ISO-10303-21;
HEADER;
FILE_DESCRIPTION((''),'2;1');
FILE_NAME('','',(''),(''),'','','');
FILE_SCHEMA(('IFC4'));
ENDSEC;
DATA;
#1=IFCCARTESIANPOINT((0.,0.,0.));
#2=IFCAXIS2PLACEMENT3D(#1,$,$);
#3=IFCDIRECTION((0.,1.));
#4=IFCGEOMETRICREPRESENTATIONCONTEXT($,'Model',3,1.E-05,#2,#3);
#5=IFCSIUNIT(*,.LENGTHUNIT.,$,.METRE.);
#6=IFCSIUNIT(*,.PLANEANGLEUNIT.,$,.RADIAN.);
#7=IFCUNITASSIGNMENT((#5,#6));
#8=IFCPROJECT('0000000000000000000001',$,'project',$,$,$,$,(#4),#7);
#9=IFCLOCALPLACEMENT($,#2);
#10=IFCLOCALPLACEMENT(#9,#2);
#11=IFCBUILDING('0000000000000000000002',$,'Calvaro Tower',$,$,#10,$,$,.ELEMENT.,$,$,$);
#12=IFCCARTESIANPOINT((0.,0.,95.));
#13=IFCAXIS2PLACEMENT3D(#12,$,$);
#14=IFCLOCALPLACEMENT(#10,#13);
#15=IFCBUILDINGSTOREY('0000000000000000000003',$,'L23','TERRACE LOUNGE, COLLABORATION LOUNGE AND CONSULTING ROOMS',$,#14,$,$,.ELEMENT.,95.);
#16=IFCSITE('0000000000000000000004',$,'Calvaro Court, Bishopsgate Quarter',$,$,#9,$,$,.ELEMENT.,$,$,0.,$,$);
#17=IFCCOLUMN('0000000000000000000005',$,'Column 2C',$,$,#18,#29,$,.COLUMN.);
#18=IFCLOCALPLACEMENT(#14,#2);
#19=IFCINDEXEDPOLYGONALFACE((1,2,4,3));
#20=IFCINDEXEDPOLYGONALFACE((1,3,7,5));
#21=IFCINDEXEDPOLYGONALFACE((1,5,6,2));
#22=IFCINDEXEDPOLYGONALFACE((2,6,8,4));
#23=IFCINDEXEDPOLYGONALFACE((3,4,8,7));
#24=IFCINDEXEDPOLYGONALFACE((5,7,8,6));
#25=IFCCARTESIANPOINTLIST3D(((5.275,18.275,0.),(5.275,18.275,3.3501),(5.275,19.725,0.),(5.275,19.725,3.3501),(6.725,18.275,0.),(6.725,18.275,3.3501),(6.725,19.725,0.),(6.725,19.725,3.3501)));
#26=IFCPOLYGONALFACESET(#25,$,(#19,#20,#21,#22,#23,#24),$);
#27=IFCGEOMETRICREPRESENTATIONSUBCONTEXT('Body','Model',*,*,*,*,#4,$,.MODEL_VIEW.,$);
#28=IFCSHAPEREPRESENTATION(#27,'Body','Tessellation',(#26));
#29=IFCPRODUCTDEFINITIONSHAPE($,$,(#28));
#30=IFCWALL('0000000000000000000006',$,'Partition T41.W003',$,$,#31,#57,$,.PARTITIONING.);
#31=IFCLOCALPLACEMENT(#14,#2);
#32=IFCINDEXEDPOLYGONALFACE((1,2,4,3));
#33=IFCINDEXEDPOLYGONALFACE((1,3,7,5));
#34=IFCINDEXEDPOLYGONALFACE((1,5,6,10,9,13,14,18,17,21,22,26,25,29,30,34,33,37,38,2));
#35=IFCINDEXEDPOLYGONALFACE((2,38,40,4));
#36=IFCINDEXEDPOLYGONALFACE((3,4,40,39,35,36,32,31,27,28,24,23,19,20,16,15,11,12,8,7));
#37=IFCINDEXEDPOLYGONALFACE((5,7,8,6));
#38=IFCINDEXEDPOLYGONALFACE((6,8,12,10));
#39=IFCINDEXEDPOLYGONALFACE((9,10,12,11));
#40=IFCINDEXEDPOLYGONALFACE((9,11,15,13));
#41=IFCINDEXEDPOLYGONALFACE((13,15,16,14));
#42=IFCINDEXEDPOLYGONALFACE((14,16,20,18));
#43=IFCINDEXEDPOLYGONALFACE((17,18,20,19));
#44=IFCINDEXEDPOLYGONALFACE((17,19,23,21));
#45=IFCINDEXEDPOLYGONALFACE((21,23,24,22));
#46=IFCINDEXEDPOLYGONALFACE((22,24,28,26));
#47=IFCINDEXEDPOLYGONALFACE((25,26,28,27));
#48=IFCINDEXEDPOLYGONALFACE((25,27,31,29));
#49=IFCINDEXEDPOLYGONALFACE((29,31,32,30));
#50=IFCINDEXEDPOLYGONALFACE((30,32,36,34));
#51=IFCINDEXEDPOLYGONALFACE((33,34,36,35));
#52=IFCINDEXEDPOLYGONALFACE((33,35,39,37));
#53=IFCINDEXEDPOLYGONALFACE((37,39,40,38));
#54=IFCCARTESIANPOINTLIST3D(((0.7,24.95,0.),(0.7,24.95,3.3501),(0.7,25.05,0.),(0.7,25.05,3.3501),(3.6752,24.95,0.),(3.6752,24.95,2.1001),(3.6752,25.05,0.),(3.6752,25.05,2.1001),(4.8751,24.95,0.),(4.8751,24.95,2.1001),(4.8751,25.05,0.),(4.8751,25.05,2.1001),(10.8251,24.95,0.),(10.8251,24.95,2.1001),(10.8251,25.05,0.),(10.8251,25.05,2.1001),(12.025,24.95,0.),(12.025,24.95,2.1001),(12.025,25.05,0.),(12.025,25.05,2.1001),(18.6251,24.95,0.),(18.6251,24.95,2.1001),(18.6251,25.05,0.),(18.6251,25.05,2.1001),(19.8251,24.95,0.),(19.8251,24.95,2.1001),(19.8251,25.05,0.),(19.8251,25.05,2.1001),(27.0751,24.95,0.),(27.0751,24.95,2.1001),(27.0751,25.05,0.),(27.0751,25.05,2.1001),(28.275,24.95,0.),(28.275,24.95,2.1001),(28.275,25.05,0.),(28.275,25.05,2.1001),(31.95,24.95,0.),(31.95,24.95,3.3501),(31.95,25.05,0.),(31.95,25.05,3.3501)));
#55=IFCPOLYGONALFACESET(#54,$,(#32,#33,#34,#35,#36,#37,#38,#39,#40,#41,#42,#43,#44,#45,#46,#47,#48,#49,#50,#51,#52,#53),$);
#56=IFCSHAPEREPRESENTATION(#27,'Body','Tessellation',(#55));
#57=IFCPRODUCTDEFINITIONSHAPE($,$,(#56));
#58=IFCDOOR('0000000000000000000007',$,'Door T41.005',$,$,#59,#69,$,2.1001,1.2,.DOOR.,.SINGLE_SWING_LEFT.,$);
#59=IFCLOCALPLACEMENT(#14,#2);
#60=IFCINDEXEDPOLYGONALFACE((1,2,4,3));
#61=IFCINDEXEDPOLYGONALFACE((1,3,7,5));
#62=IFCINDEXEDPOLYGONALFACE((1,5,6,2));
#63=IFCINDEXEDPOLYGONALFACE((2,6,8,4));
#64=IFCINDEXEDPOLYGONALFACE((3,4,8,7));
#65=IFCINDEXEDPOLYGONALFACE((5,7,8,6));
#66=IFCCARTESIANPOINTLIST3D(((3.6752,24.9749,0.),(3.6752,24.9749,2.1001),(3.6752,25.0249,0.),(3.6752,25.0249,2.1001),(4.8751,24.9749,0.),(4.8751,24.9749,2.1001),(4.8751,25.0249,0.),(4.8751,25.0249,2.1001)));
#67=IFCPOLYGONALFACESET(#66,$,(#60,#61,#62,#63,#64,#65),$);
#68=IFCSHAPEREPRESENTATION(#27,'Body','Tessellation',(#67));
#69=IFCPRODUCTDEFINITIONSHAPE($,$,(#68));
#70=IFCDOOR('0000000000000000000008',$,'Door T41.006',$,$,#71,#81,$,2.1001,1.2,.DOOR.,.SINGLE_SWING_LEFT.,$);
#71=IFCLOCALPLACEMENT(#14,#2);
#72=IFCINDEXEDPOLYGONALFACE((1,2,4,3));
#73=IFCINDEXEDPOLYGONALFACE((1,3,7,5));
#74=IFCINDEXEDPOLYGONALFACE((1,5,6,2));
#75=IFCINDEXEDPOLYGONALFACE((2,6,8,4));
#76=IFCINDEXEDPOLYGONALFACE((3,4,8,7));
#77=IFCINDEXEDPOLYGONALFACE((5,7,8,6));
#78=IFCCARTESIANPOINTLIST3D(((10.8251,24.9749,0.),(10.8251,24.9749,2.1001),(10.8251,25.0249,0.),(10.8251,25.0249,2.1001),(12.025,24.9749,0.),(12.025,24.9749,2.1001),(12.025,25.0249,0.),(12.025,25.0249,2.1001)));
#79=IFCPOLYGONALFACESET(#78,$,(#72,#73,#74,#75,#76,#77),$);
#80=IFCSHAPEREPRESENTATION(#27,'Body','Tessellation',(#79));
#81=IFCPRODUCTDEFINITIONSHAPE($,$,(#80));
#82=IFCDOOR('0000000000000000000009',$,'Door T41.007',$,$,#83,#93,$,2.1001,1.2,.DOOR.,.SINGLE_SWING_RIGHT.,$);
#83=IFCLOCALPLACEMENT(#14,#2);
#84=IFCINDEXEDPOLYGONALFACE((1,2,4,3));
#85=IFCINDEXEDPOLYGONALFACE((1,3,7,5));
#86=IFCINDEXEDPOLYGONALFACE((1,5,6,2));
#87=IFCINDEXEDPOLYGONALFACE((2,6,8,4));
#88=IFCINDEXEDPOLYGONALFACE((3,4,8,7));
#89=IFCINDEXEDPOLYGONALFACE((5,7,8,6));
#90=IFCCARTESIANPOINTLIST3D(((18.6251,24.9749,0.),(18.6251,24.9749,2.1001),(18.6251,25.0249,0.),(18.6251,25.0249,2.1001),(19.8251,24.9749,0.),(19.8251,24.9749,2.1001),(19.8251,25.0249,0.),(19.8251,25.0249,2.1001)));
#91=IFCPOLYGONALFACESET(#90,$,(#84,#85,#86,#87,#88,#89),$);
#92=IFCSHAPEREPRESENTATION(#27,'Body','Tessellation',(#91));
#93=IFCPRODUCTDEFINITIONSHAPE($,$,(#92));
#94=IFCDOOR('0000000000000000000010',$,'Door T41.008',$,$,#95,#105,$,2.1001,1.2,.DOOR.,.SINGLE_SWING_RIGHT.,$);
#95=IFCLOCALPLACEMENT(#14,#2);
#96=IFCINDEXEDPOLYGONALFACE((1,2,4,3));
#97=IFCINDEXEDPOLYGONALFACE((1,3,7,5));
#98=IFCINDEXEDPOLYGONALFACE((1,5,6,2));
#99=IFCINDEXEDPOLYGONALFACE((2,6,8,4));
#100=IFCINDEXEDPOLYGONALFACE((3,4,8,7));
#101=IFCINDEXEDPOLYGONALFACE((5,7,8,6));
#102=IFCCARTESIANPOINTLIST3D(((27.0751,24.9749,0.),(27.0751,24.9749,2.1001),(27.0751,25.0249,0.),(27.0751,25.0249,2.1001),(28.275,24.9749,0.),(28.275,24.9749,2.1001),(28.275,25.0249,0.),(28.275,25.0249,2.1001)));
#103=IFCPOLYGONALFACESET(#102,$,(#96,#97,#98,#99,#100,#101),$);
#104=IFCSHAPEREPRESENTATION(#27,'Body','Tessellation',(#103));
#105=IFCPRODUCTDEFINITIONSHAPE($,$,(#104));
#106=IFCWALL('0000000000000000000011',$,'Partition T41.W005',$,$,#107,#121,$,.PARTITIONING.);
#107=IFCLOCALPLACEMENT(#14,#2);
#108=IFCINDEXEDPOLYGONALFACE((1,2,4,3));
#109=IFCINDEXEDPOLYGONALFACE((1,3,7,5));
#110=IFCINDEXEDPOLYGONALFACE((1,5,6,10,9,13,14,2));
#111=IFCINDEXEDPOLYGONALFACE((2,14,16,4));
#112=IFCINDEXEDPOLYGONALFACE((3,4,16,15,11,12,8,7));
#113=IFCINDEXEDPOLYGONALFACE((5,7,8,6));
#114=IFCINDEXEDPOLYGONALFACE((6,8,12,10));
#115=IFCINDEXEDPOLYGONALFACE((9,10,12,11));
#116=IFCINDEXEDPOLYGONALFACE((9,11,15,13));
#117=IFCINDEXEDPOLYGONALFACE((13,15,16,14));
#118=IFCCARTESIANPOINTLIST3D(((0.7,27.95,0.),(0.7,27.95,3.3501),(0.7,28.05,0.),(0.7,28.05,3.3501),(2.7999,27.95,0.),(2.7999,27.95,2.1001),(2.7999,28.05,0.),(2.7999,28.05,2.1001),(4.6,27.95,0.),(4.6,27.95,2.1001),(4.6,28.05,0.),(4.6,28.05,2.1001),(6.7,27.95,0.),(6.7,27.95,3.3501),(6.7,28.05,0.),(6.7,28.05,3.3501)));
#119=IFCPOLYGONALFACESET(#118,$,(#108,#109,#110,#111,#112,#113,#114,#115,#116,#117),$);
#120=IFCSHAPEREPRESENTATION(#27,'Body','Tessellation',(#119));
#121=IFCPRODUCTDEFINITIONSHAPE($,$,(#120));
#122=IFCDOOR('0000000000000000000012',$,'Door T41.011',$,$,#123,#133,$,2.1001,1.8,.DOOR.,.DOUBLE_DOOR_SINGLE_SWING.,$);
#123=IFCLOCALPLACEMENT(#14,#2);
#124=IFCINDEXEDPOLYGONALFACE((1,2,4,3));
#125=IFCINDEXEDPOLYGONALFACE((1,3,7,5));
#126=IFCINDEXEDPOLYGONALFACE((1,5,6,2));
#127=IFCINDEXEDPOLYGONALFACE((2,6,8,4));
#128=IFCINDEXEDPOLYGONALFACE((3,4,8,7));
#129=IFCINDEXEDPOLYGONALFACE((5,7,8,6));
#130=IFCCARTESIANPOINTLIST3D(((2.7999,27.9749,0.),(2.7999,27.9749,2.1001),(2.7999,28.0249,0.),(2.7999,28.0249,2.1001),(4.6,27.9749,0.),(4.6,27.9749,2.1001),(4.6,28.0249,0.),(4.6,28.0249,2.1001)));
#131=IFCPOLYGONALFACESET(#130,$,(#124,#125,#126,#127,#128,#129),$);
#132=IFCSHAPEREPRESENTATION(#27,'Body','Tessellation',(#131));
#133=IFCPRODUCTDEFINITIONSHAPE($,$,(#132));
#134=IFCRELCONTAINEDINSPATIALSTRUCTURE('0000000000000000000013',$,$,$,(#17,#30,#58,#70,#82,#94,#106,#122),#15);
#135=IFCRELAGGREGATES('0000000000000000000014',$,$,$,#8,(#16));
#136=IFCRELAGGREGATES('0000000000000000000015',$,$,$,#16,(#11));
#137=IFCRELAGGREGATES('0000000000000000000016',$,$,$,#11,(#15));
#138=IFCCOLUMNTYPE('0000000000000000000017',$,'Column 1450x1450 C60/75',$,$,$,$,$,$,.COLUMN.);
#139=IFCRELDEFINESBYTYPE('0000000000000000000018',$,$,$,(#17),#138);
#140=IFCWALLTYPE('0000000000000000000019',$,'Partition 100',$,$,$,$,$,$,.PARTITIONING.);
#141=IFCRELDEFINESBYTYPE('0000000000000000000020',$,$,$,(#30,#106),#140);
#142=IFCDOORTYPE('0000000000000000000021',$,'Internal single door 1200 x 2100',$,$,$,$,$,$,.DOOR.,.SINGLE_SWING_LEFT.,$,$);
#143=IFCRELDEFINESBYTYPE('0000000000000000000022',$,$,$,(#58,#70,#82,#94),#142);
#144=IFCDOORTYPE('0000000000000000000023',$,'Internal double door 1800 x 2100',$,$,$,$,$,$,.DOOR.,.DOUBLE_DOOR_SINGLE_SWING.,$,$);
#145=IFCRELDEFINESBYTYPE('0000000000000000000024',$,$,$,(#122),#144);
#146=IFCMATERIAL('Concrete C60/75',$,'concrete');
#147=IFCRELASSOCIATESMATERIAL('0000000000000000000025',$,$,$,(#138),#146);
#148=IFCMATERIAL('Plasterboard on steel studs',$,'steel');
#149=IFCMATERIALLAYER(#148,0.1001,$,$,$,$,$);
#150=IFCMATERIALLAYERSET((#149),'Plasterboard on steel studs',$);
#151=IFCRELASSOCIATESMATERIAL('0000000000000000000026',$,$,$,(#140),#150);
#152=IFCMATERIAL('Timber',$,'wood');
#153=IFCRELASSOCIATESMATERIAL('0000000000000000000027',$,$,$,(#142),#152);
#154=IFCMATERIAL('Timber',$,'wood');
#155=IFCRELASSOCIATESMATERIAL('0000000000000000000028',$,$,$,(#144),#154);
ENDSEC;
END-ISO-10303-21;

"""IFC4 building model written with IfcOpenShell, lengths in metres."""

from ifc_helpers import new_model, si_unit, direction, frame, frame_2d, origin, origin_2d, place, context, subcontext, project, spatial, rectangle, extrude, material, layer, layer_set, material_profile, profile_set, type_object, element, fill, save


model = new_model("IFC4")

# Units and contexts
model_context = context("Model", 3, precision=1e-05, world=origin(), true_north=direction((0.0, 1.0)))
body_context = subcontext(model_context, "Body", "Model", "MODEL_VIEW")
ifc_project = project(units=[si_unit("LENGTHUNIT", "METRE"), si_unit("PLANEANGLEUNIT", "RADIAN")], contexts=[model_context])

# Site, building, storey
site_placement = place(None, origin())
site = spatial("IfcSite", under=ifc_project, at=site_placement, Name="Calvaro Court, Bishopsgate Quarter", CompositionType="ELEMENT", RefElevation=0.0)
building_placement = place(site_placement, origin())
building = spatial("IfcBuilding", under=site, at=building_placement, Name="Calvaro Tower", CompositionType="ELEMENT")
storey_placement = place(building_placement, frame((0.0, 0.0, 95.0)))
storey = spatial("IfcBuildingStorey", under=building, at=storey_placement, Name="L23", Description="TERRACE LOUNGE, COLLABORATION LOUNGE AND CONSULTING ROOMS", CompositionType="ELEMENT", Elevation=95.0)

# Column
ifc_material_1 = material(Name="Concrete C60/75", Category="concrete")
ifc_material_profile = material_profile(ifc_material_1, rectangle(XDim=1.45, YDim=1.45, at=origin_2d()), Name="RC 1450x1450")
ifc_profile_set = profile_set([ifc_material_profile], Name="Concrete C60/75")
column_type = type_object("IfcColumnType", Name="Column 1450x1450 C60/75", PredefinedType="COLUMN", material=ifc_profile_set)
column_placement = place(storey_placement, frame((6.0, 19.0, 0.0), z_axis=(0.0, 0.0, 1.0), x_axis=(1.0, 0.0, 0.0)))
element("IfcColumn", 1, at=column_placement, inside=storey, type_object=column_type, Name="Column 2C", PredefinedType="COLUMN", context=body_context, shape_type="SweptSolid", body=[
    extrude(rectangle(XDim=1.45, YDim=1.45, at=origin_2d()), origin(), (0.0, 0.0, 1.0), 3.3501),
])

# Wall, openings, doors
ifc_material_2 = material(Name="Plasterboard on steel studs", Category="steel")
ifc_layer = layer(ifc_material_2, 0.1001)
ifc_layer_set = layer_set([ifc_layer], Name="Plasterboard on steel studs")
wall_type = type_object("IfcWallType", Name="Partition 100", PredefinedType="PARTITIONING", material=ifc_layer_set)
wall_1_placement = place(storey_placement, frame((0.7, 25.0, 0.0), z_axis=(0.0, 0.0, 1.0), x_axis=(1.0, 0.0, 0.0)))
wall_1 = element("IfcWall", 2, at=wall_1_placement, inside=storey, type_object=wall_type, Name="Partition T41.W003", PredefinedType="PARTITIONING", context=body_context, shape_type="SweptSolid", body=[
    extrude(rectangle(XDim=31.25, YDim=0.1001, at=frame_2d((15.625, 0.0))), origin(), (0.0, 0.0, 1.0), 3.3501),
])
opening_1_placement = place(wall_1_placement, frame((2.9751, 0.0, 0.0)))
opening_1 = element("IfcOpeningElement", 3, at=opening_1_placement, cuts=wall_1, PredefinedType="OPENING", context=body_context, shape_type="SweptSolid", body=[
    extrude(rectangle(XDim=1.2, YDim=2.1001, at=frame_2d((0.6001, 1.05))), frame((0.0, 0.0601, 0.0), z_axis=(0.0, -1.0, 0.0), x_axis=(1.0, 0.0, 0.0)), (0.0, 0.0, 1.0), 0.1201),
])
opening_2_placement = place(wall_1_placement, frame((10.125, 0.0, 0.0)))
opening_2 = element("IfcOpeningElement", 4, at=opening_2_placement, cuts=wall_1, PredefinedType="OPENING", context=body_context, shape_type="SweptSolid", body=[
    extrude(rectangle(XDim=1.2, YDim=2.1001, at=frame_2d((0.6001, 1.05))), frame((0.0, 0.0601, 0.0), z_axis=(0.0, -1.0, 0.0), x_axis=(1.0, 0.0, 0.0)), (0.0, 0.0, 1.0), 0.1201),
])
opening_3_placement = place(wall_1_placement, frame((17.925, 0.0, 0.0)))
opening_3 = element("IfcOpeningElement", 5, at=opening_3_placement, cuts=wall_1, PredefinedType="OPENING", context=body_context, shape_type="SweptSolid", body=[
    extrude(rectangle(XDim=1.2, YDim=2.1001, at=frame_2d((0.6001, 1.05))), frame((0.0, 0.0601, 0.0), z_axis=(0.0, -1.0, 0.0), x_axis=(1.0, 0.0, 0.0)), (0.0, 0.0, 1.0), 0.1201),
])
opening_4_placement = place(wall_1_placement, frame((26.375, 0.0, 0.0)))
opening_4 = element("IfcOpeningElement", 6, at=opening_4_placement, cuts=wall_1, PredefinedType="OPENING", context=body_context, shape_type="SweptSolid", body=[
    extrude(rectangle(XDim=1.2, YDim=2.1001, at=frame_2d((0.6001, 1.05))), frame((0.0, 0.0601, 0.0), z_axis=(0.0, -1.0, 0.0), x_axis=(1.0, 0.0, 0.0)), (0.0, 0.0, 1.0), 0.1201),
])
ifc_material_3 = material(Name="Timber", Category="wood")
door_type_1 = type_object("IfcDoorType", Name="Internal single door 1200 x 2100", OperationType="SINGLE_SWING_LEFT", PredefinedType="DOOR", material=ifc_material_3)
door_1_placement = place(opening_1_placement, origin())
door_1 = element("IfcDoor", 7, at=door_1_placement, inside=storey, type_object=door_type_1, Name="Door T41.005", OperationType="SINGLE_SWING_LEFT", OverallHeight=2.1001, OverallWidth=1.2, PredefinedType="DOOR", context=body_context, shape_type="SweptSolid", body=[
    extrude(rectangle(XDim=1.2, YDim=2.1001, at=frame_2d((0.6001, 1.05))), frame((0.0, 0.0249, 0.0), z_axis=(0.0, -1.0, 0.0), x_axis=(1.0, 0.0, 0.0)), (0.0, 0.0, 1.0), 0.05),
])
fill(opening_1, door_1)
door_2_placement = place(opening_2_placement, origin())
door_2 = element("IfcDoor", 8, at=door_2_placement, inside=storey, type_object=door_type_1, Name="Door T41.006", OperationType="SINGLE_SWING_LEFT", OverallHeight=2.1001, OverallWidth=1.2, PredefinedType="DOOR", context=body_context, shape_type="SweptSolid", body=[
    extrude(rectangle(XDim=1.2, YDim=2.1001, at=frame_2d((0.6001, 1.05))), frame((0.0, 0.0249, 0.0), z_axis=(0.0, -1.0, 0.0), x_axis=(1.0, 0.0, 0.0)), (0.0, 0.0, 1.0), 0.05),
])
fill(opening_2, door_2)
door_3_placement = place(opening_3_placement, origin())
door_3 = element("IfcDoor", 9, at=door_3_placement, inside=storey, type_object=door_type_1, Name="Door T41.007", OperationType="SINGLE_SWING_RIGHT", OverallHeight=2.1001, OverallWidth=1.2, PredefinedType="DOOR", context=body_context, shape_type="SweptSolid", body=[
    extrude(rectangle(XDim=1.2, YDim=2.1001, at=frame_2d((0.6001, 1.05))), frame((0.0, 0.0249, 0.0), z_axis=(0.0, -1.0, 0.0), x_axis=(1.0, 0.0, 0.0)), (0.0, 0.0, 1.0), 0.05),
])
fill(opening_3, door_3)
door_4_placement = place(opening_4_placement, origin())
door_4 = element("IfcDoor", 10, at=door_4_placement, inside=storey, type_object=door_type_1, Name="Door T41.008", OperationType="SINGLE_SWING_RIGHT", OverallHeight=2.1001, OverallWidth=1.2, PredefinedType="DOOR", context=body_context, shape_type="SweptSolid", body=[
    extrude(rectangle(XDim=1.2, YDim=2.1001, at=frame_2d((0.6001, 1.05))), frame((0.0, 0.0249, 0.0), z_axis=(0.0, -1.0, 0.0), x_axis=(1.0, 0.0, 0.0)), (0.0, 0.0, 1.0), 0.05),
])
fill(opening_4, door_4)

# Wall, opening, door
wall_2_placement = place(storey_placement, frame((0.7, 28.0, 0.0), z_axis=(0.0, 0.0, 1.0), x_axis=(1.0, 0.0, 0.0)))
wall_2 = element("IfcWall", 11, at=wall_2_placement, inside=storey, type_object=wall_type, Name="Partition T41.W005", PredefinedType="PARTITIONING", context=body_context, shape_type="SweptSolid", body=[
    extrude(rectangle(XDim=6.0, YDim=0.1001, at=frame_2d((3.0, 0.0))), origin(), (0.0, 0.0, 1.0), 3.3501),
])
opening_5_placement = place(wall_2_placement, frame((2.1001, 0.0, 0.0)))
opening_5 = element("IfcOpeningElement", 12, at=opening_5_placement, cuts=wall_2, PredefinedType="OPENING", context=body_context, shape_type="SweptSolid", body=[
    extrude(rectangle(XDim=1.8, YDim=2.1001, at=frame_2d((0.8999, 1.05))), frame((0.0, 0.0601, 0.0), z_axis=(0.0, -1.0, 0.0), x_axis=(1.0, 0.0, 0.0)), (0.0, 0.0, 1.0), 0.1201),
])
ifc_material_4 = material(Name="Timber", Category="wood")
door_type_2 = type_object("IfcDoorType", Name="Internal double door 1800 x 2100", OperationType="DOUBLE_DOOR_SINGLE_SWING", PredefinedType="DOOR", material=ifc_material_4)
door_5_placement = place(opening_5_placement, origin())
door_5 = element("IfcDoor", 13, at=door_5_placement, inside=storey, type_object=door_type_2, Name="Door T41.011", OperationType="DOUBLE_DOOR_SINGLE_SWING", OverallHeight=2.1001, OverallWidth=1.8, PredefinedType="DOOR", context=body_context, shape_type="SweptSolid", body=[
    extrude(rectangle(XDim=1.8, YDim=2.1001, at=frame_2d((0.8999, 1.05))), frame((0.0, 0.0249, 0.0), z_axis=(0.0, -1.0, 0.0), x_axis=(1.0, 0.0, 0.0)), (0.0, 0.0, 1.0), 0.05),
])
fill(opening_5, door_5)

save(model, "model.ifc")
